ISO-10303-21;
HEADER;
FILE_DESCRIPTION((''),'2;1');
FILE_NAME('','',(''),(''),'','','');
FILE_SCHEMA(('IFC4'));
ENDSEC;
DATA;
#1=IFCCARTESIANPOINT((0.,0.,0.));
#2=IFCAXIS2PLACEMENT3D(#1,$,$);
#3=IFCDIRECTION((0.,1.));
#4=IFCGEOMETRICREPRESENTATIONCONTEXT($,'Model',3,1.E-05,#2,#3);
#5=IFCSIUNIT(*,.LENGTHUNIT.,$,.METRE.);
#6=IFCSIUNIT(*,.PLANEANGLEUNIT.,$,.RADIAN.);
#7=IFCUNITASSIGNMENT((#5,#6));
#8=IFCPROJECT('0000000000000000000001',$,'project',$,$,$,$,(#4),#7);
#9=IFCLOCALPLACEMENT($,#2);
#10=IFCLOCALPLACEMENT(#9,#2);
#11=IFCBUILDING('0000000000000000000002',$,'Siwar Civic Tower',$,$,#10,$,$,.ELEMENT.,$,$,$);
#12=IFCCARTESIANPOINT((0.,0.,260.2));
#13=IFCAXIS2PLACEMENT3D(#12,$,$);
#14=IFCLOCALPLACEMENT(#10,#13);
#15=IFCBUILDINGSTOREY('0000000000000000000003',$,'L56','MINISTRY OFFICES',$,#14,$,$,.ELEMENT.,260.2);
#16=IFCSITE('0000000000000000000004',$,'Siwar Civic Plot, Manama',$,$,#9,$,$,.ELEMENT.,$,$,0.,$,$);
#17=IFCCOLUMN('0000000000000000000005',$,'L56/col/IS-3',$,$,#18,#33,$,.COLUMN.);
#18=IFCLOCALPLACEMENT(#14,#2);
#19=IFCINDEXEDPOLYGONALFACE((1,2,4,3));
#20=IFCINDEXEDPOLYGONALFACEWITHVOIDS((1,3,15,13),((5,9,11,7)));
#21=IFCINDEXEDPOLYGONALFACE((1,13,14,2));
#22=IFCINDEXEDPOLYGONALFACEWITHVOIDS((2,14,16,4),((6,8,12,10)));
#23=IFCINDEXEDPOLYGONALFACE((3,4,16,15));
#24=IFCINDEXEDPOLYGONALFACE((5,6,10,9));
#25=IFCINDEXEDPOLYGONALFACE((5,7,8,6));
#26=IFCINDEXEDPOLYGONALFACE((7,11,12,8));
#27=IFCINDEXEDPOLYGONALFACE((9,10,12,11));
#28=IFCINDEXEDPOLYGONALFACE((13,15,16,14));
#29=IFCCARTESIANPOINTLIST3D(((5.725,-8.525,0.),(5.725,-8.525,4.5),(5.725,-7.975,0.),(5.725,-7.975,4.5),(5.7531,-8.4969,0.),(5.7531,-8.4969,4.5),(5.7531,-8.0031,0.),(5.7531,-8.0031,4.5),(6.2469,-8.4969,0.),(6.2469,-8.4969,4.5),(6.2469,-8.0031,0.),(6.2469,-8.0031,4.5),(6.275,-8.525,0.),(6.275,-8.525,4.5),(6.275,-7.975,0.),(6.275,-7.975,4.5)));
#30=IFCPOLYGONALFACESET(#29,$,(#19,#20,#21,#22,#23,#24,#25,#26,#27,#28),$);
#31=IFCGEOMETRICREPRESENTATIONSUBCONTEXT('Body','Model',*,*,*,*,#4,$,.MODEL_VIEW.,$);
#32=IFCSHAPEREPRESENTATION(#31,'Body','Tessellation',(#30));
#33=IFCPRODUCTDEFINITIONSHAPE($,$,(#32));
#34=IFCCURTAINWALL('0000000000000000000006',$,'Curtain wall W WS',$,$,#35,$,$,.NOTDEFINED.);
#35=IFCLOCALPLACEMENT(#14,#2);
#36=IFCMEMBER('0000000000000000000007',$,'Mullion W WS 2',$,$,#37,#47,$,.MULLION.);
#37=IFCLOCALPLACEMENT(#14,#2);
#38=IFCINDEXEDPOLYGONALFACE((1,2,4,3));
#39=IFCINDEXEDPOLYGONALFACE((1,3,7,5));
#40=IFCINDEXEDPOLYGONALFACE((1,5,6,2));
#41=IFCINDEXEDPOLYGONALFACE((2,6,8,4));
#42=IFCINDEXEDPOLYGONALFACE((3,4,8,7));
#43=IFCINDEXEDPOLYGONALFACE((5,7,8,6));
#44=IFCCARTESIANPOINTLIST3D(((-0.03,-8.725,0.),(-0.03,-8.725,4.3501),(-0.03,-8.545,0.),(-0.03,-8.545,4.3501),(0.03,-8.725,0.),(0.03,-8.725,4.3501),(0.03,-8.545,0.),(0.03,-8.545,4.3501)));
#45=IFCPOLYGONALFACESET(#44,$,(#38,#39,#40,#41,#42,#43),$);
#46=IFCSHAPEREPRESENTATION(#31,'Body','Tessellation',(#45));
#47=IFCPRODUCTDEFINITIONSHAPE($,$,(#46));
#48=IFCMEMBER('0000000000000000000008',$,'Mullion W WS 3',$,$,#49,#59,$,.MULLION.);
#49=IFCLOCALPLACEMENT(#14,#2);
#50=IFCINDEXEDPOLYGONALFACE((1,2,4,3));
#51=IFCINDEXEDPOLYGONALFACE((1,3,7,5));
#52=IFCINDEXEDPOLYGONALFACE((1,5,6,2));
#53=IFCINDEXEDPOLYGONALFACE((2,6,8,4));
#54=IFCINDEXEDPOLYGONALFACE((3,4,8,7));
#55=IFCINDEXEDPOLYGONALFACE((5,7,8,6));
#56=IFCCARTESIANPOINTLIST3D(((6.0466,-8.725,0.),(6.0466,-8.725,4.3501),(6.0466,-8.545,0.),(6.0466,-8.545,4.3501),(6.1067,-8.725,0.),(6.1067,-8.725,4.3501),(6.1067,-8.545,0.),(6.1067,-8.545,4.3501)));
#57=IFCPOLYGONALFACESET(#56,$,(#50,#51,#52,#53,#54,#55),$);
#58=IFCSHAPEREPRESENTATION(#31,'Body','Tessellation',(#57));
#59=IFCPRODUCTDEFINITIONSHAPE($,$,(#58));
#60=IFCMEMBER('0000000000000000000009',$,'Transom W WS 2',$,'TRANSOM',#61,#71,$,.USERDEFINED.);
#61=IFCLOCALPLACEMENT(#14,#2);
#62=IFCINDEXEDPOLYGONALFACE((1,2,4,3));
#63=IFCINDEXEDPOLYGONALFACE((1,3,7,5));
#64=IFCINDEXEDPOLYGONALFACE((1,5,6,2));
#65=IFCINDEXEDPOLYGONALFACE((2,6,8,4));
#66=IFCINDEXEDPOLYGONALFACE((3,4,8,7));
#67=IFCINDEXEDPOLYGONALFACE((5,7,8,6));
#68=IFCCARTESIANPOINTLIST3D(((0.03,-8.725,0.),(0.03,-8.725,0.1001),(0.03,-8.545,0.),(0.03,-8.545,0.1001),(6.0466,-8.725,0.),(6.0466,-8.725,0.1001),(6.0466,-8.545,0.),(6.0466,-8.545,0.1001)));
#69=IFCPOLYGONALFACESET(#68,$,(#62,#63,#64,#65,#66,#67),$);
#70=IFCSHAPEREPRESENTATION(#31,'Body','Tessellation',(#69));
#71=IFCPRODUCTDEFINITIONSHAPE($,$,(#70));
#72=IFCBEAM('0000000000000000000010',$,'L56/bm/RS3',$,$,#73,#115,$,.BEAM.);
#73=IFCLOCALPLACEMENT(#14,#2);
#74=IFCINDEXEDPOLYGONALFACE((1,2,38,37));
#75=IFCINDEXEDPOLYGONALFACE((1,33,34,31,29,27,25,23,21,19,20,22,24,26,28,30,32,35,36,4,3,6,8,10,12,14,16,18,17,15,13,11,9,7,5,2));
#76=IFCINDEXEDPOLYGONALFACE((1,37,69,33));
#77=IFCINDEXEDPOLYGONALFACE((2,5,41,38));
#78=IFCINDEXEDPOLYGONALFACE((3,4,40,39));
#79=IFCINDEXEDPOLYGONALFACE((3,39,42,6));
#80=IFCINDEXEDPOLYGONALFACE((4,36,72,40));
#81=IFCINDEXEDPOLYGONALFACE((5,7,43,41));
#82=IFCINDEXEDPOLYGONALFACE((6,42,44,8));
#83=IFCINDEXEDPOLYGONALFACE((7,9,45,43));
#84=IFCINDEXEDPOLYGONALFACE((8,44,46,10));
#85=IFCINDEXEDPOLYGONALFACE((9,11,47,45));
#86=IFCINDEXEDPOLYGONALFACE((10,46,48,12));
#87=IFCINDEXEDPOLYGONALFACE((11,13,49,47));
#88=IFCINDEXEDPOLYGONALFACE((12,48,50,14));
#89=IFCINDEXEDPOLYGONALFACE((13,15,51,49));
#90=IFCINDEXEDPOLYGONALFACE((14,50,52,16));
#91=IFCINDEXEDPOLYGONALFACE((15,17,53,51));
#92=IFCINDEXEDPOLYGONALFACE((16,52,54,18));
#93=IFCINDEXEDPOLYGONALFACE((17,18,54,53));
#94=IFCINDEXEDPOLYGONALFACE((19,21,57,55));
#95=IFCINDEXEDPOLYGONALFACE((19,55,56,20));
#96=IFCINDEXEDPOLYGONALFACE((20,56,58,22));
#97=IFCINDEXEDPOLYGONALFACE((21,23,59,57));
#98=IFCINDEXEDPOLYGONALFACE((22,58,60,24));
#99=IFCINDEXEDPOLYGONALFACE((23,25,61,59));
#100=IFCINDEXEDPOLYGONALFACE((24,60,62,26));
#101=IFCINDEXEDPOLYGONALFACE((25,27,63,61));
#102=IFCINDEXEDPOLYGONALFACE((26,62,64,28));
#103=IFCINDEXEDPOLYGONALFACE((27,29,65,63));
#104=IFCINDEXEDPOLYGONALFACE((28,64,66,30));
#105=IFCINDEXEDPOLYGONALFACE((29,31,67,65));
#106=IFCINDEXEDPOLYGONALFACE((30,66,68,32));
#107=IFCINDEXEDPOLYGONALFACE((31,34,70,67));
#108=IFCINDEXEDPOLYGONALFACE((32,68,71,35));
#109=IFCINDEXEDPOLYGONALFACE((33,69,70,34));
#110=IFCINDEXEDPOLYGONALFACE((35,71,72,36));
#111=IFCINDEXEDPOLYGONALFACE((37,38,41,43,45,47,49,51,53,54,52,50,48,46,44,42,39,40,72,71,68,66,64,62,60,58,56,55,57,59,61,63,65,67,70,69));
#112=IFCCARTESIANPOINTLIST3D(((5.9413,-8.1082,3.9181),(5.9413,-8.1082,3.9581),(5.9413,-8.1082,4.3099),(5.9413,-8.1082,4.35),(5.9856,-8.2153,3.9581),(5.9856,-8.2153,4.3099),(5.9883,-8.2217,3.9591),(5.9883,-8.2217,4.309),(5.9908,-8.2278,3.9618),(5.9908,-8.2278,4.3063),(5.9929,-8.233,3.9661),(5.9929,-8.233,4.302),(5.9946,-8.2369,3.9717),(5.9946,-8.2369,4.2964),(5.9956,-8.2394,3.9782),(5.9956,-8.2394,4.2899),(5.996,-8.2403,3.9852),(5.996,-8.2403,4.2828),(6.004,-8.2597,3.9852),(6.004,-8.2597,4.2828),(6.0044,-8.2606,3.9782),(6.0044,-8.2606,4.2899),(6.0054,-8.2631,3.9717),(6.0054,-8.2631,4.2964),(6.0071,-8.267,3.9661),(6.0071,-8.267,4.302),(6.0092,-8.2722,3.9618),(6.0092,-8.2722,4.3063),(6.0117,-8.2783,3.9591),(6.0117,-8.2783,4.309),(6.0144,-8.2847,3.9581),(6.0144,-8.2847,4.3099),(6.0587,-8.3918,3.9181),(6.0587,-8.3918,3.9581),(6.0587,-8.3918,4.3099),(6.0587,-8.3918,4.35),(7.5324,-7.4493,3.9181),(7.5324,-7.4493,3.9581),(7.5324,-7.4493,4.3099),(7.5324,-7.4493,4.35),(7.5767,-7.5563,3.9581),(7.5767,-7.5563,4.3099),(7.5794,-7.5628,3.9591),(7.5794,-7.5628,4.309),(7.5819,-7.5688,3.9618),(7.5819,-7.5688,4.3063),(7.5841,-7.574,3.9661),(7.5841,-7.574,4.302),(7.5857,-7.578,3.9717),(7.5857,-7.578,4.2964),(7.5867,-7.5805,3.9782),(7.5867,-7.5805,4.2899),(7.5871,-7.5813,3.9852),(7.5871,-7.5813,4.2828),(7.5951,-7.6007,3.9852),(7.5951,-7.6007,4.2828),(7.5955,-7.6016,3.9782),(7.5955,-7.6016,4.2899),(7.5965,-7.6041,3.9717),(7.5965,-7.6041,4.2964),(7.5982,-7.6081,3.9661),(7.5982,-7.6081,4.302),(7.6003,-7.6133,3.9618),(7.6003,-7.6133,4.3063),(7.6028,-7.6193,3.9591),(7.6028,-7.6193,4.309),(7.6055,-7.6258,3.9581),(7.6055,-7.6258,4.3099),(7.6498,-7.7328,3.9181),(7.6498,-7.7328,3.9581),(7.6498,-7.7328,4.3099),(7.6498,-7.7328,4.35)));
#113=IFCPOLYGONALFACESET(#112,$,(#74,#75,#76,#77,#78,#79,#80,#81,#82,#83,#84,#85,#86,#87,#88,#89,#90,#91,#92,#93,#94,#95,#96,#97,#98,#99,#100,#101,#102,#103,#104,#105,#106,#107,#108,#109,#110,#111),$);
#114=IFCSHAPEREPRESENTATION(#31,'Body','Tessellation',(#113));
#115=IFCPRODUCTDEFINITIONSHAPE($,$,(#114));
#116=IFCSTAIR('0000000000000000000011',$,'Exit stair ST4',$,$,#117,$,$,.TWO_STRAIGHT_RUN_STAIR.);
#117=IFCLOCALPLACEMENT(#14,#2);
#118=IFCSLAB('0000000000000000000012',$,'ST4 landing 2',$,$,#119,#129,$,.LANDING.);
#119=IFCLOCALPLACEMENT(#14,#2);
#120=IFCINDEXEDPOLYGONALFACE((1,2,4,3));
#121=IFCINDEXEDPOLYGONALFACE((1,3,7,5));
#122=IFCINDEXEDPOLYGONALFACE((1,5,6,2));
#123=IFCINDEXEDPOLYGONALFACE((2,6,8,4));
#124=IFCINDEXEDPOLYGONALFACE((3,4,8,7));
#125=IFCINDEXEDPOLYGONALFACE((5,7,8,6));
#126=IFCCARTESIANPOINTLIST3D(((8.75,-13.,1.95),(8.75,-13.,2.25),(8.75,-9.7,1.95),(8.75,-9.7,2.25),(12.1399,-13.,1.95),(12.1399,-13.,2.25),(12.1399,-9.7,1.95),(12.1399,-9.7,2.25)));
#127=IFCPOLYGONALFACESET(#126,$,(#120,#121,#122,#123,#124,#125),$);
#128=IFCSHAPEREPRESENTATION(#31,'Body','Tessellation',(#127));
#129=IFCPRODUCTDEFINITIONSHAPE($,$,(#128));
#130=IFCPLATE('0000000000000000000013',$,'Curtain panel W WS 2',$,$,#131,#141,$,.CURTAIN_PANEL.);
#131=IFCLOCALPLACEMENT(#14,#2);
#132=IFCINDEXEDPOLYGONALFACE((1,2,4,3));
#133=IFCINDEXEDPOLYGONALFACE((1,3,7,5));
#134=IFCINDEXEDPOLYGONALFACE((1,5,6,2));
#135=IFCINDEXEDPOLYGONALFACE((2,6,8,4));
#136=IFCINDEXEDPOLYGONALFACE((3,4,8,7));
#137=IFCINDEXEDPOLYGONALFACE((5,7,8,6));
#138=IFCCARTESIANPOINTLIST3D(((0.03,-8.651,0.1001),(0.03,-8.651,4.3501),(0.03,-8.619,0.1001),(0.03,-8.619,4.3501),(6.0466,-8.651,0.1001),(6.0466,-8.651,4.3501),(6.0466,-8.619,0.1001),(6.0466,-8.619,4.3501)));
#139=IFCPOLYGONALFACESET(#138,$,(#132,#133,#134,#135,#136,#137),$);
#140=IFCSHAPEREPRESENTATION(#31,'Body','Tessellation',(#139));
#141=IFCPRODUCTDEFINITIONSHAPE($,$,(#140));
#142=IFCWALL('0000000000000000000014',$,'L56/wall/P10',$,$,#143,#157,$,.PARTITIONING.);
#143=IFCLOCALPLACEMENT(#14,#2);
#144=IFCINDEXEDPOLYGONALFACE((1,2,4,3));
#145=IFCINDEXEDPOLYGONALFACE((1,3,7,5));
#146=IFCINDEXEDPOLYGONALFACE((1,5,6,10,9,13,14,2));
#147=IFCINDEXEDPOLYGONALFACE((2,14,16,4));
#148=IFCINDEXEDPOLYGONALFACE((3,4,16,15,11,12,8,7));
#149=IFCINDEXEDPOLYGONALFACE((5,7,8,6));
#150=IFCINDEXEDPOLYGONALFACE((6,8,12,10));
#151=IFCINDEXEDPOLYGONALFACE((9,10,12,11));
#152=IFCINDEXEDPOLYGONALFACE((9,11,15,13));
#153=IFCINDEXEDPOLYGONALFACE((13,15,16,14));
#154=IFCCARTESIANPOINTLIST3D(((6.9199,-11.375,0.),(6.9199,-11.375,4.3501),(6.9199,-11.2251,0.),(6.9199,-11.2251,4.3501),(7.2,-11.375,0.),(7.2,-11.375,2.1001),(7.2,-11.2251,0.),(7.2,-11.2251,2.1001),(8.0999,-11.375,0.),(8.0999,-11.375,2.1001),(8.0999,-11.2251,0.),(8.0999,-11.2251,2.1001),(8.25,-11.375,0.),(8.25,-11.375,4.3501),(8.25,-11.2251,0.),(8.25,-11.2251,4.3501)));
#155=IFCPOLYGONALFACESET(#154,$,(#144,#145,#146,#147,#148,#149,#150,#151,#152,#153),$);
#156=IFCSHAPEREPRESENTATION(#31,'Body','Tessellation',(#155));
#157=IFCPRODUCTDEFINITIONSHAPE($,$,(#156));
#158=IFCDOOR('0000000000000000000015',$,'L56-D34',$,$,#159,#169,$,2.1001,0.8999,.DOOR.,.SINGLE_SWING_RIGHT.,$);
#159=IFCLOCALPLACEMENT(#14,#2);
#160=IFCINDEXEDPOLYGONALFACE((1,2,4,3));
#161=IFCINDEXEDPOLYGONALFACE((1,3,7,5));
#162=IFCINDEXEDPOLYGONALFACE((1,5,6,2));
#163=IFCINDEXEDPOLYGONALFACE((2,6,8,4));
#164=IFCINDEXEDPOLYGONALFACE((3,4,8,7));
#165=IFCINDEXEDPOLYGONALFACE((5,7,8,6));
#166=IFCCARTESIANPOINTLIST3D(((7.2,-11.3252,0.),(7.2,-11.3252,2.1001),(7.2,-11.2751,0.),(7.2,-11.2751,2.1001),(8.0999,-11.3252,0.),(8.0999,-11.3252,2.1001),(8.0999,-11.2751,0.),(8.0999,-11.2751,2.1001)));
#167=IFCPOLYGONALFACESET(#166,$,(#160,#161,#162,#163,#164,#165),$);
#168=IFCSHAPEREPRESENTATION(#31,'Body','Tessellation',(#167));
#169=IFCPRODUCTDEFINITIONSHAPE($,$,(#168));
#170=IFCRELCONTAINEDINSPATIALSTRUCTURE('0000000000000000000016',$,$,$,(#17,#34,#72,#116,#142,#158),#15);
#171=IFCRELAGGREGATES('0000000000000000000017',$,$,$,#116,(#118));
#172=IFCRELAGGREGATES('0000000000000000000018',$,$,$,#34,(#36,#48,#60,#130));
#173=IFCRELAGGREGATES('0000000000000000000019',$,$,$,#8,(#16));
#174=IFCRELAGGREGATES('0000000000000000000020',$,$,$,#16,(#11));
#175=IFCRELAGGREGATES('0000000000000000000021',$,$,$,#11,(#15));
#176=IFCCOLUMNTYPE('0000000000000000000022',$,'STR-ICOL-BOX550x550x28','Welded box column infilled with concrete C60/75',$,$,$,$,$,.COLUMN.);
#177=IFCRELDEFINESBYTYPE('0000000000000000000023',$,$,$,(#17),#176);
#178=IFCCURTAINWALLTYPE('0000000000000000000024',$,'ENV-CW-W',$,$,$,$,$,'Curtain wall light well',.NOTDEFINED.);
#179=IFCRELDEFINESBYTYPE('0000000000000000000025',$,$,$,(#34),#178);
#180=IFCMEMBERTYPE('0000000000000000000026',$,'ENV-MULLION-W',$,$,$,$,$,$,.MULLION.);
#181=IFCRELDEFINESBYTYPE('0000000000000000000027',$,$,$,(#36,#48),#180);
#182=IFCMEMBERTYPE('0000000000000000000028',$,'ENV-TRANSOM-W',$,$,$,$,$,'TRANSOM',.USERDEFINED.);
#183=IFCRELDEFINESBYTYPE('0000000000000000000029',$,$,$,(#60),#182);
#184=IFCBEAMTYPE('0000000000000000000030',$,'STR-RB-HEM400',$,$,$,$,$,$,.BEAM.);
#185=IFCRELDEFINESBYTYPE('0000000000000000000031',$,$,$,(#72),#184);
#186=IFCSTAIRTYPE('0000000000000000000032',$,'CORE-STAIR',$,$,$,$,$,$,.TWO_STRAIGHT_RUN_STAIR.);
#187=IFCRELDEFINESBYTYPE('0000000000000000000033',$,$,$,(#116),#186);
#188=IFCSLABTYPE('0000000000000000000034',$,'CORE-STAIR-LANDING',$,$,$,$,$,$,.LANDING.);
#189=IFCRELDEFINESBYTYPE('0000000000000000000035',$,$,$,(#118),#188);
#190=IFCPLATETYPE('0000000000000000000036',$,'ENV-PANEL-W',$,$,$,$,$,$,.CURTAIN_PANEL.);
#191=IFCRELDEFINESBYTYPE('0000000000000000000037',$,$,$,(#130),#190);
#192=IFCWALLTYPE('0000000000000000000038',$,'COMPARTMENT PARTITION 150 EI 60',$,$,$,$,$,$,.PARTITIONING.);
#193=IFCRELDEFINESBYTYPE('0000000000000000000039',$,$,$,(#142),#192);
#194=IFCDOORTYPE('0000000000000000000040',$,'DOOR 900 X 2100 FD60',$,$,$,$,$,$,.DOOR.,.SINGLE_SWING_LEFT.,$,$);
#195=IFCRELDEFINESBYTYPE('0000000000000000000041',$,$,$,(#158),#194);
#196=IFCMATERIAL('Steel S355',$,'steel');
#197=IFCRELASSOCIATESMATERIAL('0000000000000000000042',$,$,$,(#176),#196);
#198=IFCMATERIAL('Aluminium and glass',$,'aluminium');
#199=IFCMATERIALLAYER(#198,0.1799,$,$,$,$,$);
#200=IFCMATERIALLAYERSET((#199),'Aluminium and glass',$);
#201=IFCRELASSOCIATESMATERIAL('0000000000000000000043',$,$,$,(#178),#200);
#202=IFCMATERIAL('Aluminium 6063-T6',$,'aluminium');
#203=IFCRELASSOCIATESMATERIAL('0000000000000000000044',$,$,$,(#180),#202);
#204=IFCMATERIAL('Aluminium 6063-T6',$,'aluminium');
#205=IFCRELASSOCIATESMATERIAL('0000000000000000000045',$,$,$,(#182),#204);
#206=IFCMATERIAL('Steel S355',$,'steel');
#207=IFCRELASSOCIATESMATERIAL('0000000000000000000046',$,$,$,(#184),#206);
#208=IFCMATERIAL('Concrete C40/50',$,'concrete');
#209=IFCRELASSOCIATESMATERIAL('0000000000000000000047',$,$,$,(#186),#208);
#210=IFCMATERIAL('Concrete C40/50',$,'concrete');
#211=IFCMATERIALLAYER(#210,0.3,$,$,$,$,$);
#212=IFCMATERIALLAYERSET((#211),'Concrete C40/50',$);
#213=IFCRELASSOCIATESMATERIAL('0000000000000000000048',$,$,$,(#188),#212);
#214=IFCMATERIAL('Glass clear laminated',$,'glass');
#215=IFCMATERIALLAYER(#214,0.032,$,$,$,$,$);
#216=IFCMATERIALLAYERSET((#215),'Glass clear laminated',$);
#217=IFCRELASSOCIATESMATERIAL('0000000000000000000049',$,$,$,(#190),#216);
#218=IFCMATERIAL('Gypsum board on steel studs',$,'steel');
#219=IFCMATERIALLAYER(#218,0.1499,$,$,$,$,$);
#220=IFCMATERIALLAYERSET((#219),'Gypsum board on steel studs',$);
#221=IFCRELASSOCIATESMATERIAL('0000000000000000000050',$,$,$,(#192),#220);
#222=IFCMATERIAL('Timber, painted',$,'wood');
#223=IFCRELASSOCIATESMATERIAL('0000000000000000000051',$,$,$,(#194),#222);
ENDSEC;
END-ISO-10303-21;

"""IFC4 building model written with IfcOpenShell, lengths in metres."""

from ifc_helpers import new_model, si_unit, direction, frame, frame_2d, origin, origin_2d, place, context, subcontext, project, spatial, polyline, rectangle, hollow_rectangle, i_section, outline, extrude, material, layer, layer_set, material_profile, profile_set, type_object, element, fill, aggregate, save


model = new_model("IFC4")

# Units and contexts
model_context = context("Model", 3, precision=1e-05, world=origin(), true_north=direction((0.0, 1.0)))
body_context = subcontext(model_context, "Body", "Model", "MODEL_VIEW")
ifc_project = project(units=[si_unit("LENGTHUNIT", "METRE"), si_unit("PLANEANGLEUNIT", "RADIAN")], contexts=[model_context])

# Site, building, storey
site_placement = place(None, origin())
site = spatial("IfcSite", under=ifc_project, at=site_placement, Name="Siwar Civic Plot, Manama", CompositionType="ELEMENT", RefElevation=0.0)
building_placement = place(site_placement, origin())
building = spatial("IfcBuilding", under=site, at=building_placement, Name="Siwar Civic Tower", CompositionType="ELEMENT")
storey_placement = place(building_placement, frame((0.0, 0.0, 260.2)))
storey = spatial("IfcBuildingStorey", under=building, at=storey_placement, Name="L56", Description="MINISTRY OFFICES", CompositionType="ELEMENT", Elevation=260.2)

# Column
ifc_material_1 = material(Name="Steel S355", Category="steel")
ifc_material_profile_1 = material_profile(ifc_material_1, hollow_rectangle(XDim=0.55, YDim=0.55, WallThickness=0.0281, at=origin_2d()), Name="BOX550x550x28")
ifc_profile_set_1 = profile_set([ifc_material_profile_1], Name="Steel S355")
column_type = type_object("IfcColumnType", Name="STR-ICOL-BOX550x550x28", Description="Welded box column infilled with concrete C60/75", PredefinedType="COLUMN", material=ifc_profile_set_1)
column_placement = place(storey_placement, frame((6.0, -8.25, 0.0), z_axis=(0.0, 0.0, 1.0), x_axis=(1.0, 0.0, 0.0)))
element("IfcColumn", 1, at=column_placement, inside=storey, type_object=column_type, Name="L56/col/IS-3", PredefinedType="COLUMN", context=body_context, shape_type="SweptSolid", body=[
    extrude(hollow_rectangle(XDim=0.55, YDim=0.55, WallThickness=0.0281, at=origin_2d()), origin(), (0.0, 0.0, 1.0), 4.5),
])

# Curtain wall, members
ifc_material_2 = material(Name="Aluminium and glass", Category="aluminium")
ifc_layer_1 = layer(ifc_material_2, 0.1799)
ifc_layer_set_1 = layer_set([ifc_layer_1], Name="Aluminium and glass")
curtain_wall_type = type_object("IfcCurtainWallType", Name="ENV-CW-W", ElementType="Curtain wall light well", PredefinedType="NOTDEFINED", material=ifc_layer_set_1)
curtain_wall_placement = place(storey_placement, origin())
curtain_wall = element("IfcCurtainWall", 2, at=curtain_wall_placement, inside=storey, type_object=curtain_wall_type, Name="Curtain wall W WS", PredefinedType="NOTDEFINED")
ifc_material_3 = material(Name="Aluminium 6063-T6", Category="aluminium")
ifc_material_profile_2 = material_profile(ifc_material_3, rectangle(XDim=0.1799, YDim=0.0601, at=origin_2d()), Name="AL 180x60")
ifc_profile_set_2 = profile_set([ifc_material_profile_2], Name="Aluminium 6063-T6")
member_type_1 = type_object("IfcMemberType", Name="ENV-MULLION-W", PredefinedType="MULLION", material=ifc_profile_set_2)
member_1_placement = place(storey_placement, frame((0.0, -8.635, 0.0), z_axis=(0.0, 0.0, 1.0), x_axis=(0.0, 1.0, 0.0)))
member_1 = element("IfcMember", 3, at=member_1_placement, type_object=member_type_1, Name="Mullion W WS 2", PredefinedType="MULLION", context=body_context, shape_type="SweptSolid", body=[
    extrude(rectangle(XDim=0.1799, YDim=0.0601, at=origin_2d()), origin(), (0.0, 0.0, 1.0), 4.3501),
])
member_2_placement = place(storey_placement, frame((6.0767, -8.635, 0.0), z_axis=(0.0, 0.0, 1.0), x_axis=(0.0, 1.0, 0.0)))
member_2 = element("IfcMember", 4, at=member_2_placement, type_object=member_type_1, Name="Mullion W WS 3", PredefinedType="MULLION", context=body_context, shape_type="SweptSolid", body=[
    extrude(rectangle(XDim=0.1799, YDim=0.0601, at=origin_2d()), origin(), (0.0, 0.0, 1.0), 4.3501),
])
ifc_material_4 = material(Name="Aluminium 6063-T6", Category="aluminium")
ifc_material_profile_3 = material_profile(ifc_material_4, rectangle(XDim=0.1799, YDim=0.1001, at=origin_2d()), Name="AL 180x100")
ifc_profile_set_3 = profile_set([ifc_material_profile_3], Name="Aluminium 6063-T6")
member_type_2 = type_object("IfcMemberType", Name="ENV-TRANSOM-W", ElementType="TRANSOM", PredefinedType="USERDEFINED", material=ifc_profile_set_3)
member_3_placement = place(storey_placement, frame((0.03, -8.635, 0.05), z_axis=(1.0, 0.0, 0.0), x_axis=(0.0, 1.0, 0.0)))
member_3 = element("IfcMember", 5, at=member_3_placement, type_object=member_type_2, Name="Transom W WS 2", ObjectType="TRANSOM", PredefinedType="USERDEFINED", context=body_context, shape_type="SweptSolid", body=[
    extrude(rectangle(XDim=0.1799, YDim=0.1001, at=origin_2d()), origin(), (0.0, 0.0, 1.0), 6.0166),
])

# Beam
ifc_material_5 = material(Name="Steel S355", Category="steel")
ifc_material_profile_4 = material_profile(ifc_material_5, i_section(OverallWidth=0.3069, OverallDepth=0.4319, WebThickness=0.021, FlangeThickness=0.04, FilletRadius=0.0271, at=origin_2d()), Name="HEM400")
ifc_profile_set_4 = profile_set([ifc_material_profile_4], Name="Steel S355")
beam_type = type_object("IfcBeamType", Name="STR-RB-HEM400", PredefinedType="BEAM", material=ifc_profile_set_4)
beam_placement = place(storey_placement, frame((6.0, -8.25, 4.134), z_axis=(0.923901, 0.382631, 0.0), x_axis=(-0.382631, 0.923901, 0.0)))
element("IfcBeam", 6, at=beam_placement, inside=storey, type_object=beam_type, Name="L56/bm/RS3", PredefinedType="BEAM", context=body_context, shape_type="SweptSolid", body=[
    extrude(i_section(OverallWidth=0.3069, OverallDepth=0.4319, WebThickness=0.021, FlangeThickness=0.04, FilletRadius=0.0271, at=origin_2d()), origin(), (0.0, 0.0, 1.0), 1.7222),
])

# Stair, slab
ifc_material_6 = material(Name="Concrete C40/50", Category="concrete")
stair_type = type_object("IfcStairType", Name="CORE-STAIR", PredefinedType="TWO_STRAIGHT_RUN_STAIR", material=ifc_material_6)
stair_placement = place(storey_placement, origin())
stair = element("IfcStair", 7, at=stair_placement, inside=storey, type_object=stair_type, Name="Exit stair ST4", PredefinedType="TWO_STRAIGHT_RUN_STAIR")
ifc_material_7 = material(Name="Concrete C40/50", Category="concrete")
ifc_layer_2 = layer(ifc_material_7, 0.3)
ifc_layer_set_2 = layer_set([ifc_layer_2], Name="Concrete C40/50")
slab_type_1 = type_object("IfcSlabType", Name="CORE-STAIR-LANDING", PredefinedType="LANDING", material=ifc_layer_set_2)
slab_1_placement = place(storey_placement, frame((0.0, 0.0, 1.95)))
slab_1 = element("IfcSlab", 8, at=slab_1_placement, type_object=slab_type_1, Name="ST4 landing 2", PredefinedType="LANDING", context=body_context, shape_type="SweptSolid", body=[
    extrude(outline(polyline([(8.75, -13.0), (12.1399, -13.0), (12.1399, -9.7), (8.75, -9.7), (8.75, -13.0)])), origin(), (0.0, 0.0, 1.0), 0.3),
])
aggregate(stair, [slab_1])

# Plate
ifc_material_8 = material(Name="Glass clear laminated", Category="glass")
ifc_layer_3 = layer(ifc_material_8, 0.032)
ifc_layer_set_3 = layer_set([ifc_layer_3], Name="Glass clear laminated")
plate_type = type_object("IfcPlateType", Name="ENV-PANEL-W", PredefinedType="CURTAIN_PANEL", material=ifc_layer_set_3)
plate_placement = place(storey_placement, frame((3.0383, -8.635, 0.1001), z_axis=(0.0, 0.0, 1.0), x_axis=(1.0, 0.0, 0.0)))
plate = element("IfcPlate", 9, at=plate_placement, type_object=plate_type, Name="Curtain panel W WS 2", PredefinedType="CURTAIN_PANEL", context=body_context, shape_type="SweptSolid", body=[
    extrude(rectangle(XDim=6.0166, YDim=0.032, at=origin_2d()), origin(), (0.0, 0.0, 1.0), 4.25),
])
aggregate(curtain_wall, [member_1, member_2, member_3, plate])

# Wall, opening, door
ifc_material_9 = material(Name="Gypsum board on steel studs", Category="steel")
ifc_layer_4 = layer(ifc_material_9, 0.1499)
ifc_layer_set_4 = layer_set([ifc_layer_4], Name="Gypsum board on steel studs")
wall_type_1 = type_object("IfcWallType", Name="COMPARTMENT PARTITION 150 EI 60", PredefinedType="PARTITIONING", material=ifc_layer_set_4)
wall_1_placement = place(storey_placement, frame((6.9199, -11.3, 0.0), z_axis=(0.0, 0.0, 1.0), x_axis=(1.0, 0.0, 0.0)))
wall_1 = element("IfcWall", 10, at=wall_1_placement, inside=storey, type_object=wall_type_1, Name="L56/wall/P10", PredefinedType="PARTITIONING", context=body_context, shape_type="SweptSolid", body=[
    extrude(rectangle(XDim=1.3301, YDim=0.1499, at=frame_2d((0.665, 0.0))), origin(), (0.0, 0.0, 1.0), 4.3501),
])
opening_placement = place(wall_1_placement, frame((0.28, 0.0, 0.0)))
opening = element("IfcOpeningElement", 11, at=opening_placement, cuts=wall_1, PredefinedType="OPENING", context=body_context, shape_type="SweptSolid", body=[
    extrude(rectangle(XDim=0.8999, YDim=2.1001, at=frame_2d((0.45, 1.05))), frame((0.0, 0.085, 0.0), z_axis=(0.0, -1.0, 0.0), x_axis=(1.0, 0.0, 0.0)), (0.0, 0.0, 1.0), 0.1699),
])
ifc_material_10 = material(Name="Timber, painted", Category="wood")
door_type = type_object("IfcDoorType", Name="DOOR 900 X 2100 FD60", OperationType="SINGLE_SWING_LEFT", PredefinedType="DOOR", material=ifc_material_10)
door_placement = place(opening_placement, origin())
door = element("IfcDoor", 12, at=door_placement, inside=storey, type_object=door_type, Name="L56-D34", OperationType="SINGLE_SWING_RIGHT", OverallHeight=2.1001, OverallWidth=0.8999, PredefinedType="DOOR", context=body_context, shape_type="SweptSolid", body=[
    extrude(rectangle(XDim=0.8999, YDim=2.1001, at=frame_2d((0.45, 1.05))), frame((0.0, 0.0249, 0.0), z_axis=(0.0, -1.0, 0.0), x_axis=(1.0, 0.0, 0.0)), (0.0, 0.0, 1.0), 0.05),
])
fill(opening, door)

save(model, "model.ifc")
